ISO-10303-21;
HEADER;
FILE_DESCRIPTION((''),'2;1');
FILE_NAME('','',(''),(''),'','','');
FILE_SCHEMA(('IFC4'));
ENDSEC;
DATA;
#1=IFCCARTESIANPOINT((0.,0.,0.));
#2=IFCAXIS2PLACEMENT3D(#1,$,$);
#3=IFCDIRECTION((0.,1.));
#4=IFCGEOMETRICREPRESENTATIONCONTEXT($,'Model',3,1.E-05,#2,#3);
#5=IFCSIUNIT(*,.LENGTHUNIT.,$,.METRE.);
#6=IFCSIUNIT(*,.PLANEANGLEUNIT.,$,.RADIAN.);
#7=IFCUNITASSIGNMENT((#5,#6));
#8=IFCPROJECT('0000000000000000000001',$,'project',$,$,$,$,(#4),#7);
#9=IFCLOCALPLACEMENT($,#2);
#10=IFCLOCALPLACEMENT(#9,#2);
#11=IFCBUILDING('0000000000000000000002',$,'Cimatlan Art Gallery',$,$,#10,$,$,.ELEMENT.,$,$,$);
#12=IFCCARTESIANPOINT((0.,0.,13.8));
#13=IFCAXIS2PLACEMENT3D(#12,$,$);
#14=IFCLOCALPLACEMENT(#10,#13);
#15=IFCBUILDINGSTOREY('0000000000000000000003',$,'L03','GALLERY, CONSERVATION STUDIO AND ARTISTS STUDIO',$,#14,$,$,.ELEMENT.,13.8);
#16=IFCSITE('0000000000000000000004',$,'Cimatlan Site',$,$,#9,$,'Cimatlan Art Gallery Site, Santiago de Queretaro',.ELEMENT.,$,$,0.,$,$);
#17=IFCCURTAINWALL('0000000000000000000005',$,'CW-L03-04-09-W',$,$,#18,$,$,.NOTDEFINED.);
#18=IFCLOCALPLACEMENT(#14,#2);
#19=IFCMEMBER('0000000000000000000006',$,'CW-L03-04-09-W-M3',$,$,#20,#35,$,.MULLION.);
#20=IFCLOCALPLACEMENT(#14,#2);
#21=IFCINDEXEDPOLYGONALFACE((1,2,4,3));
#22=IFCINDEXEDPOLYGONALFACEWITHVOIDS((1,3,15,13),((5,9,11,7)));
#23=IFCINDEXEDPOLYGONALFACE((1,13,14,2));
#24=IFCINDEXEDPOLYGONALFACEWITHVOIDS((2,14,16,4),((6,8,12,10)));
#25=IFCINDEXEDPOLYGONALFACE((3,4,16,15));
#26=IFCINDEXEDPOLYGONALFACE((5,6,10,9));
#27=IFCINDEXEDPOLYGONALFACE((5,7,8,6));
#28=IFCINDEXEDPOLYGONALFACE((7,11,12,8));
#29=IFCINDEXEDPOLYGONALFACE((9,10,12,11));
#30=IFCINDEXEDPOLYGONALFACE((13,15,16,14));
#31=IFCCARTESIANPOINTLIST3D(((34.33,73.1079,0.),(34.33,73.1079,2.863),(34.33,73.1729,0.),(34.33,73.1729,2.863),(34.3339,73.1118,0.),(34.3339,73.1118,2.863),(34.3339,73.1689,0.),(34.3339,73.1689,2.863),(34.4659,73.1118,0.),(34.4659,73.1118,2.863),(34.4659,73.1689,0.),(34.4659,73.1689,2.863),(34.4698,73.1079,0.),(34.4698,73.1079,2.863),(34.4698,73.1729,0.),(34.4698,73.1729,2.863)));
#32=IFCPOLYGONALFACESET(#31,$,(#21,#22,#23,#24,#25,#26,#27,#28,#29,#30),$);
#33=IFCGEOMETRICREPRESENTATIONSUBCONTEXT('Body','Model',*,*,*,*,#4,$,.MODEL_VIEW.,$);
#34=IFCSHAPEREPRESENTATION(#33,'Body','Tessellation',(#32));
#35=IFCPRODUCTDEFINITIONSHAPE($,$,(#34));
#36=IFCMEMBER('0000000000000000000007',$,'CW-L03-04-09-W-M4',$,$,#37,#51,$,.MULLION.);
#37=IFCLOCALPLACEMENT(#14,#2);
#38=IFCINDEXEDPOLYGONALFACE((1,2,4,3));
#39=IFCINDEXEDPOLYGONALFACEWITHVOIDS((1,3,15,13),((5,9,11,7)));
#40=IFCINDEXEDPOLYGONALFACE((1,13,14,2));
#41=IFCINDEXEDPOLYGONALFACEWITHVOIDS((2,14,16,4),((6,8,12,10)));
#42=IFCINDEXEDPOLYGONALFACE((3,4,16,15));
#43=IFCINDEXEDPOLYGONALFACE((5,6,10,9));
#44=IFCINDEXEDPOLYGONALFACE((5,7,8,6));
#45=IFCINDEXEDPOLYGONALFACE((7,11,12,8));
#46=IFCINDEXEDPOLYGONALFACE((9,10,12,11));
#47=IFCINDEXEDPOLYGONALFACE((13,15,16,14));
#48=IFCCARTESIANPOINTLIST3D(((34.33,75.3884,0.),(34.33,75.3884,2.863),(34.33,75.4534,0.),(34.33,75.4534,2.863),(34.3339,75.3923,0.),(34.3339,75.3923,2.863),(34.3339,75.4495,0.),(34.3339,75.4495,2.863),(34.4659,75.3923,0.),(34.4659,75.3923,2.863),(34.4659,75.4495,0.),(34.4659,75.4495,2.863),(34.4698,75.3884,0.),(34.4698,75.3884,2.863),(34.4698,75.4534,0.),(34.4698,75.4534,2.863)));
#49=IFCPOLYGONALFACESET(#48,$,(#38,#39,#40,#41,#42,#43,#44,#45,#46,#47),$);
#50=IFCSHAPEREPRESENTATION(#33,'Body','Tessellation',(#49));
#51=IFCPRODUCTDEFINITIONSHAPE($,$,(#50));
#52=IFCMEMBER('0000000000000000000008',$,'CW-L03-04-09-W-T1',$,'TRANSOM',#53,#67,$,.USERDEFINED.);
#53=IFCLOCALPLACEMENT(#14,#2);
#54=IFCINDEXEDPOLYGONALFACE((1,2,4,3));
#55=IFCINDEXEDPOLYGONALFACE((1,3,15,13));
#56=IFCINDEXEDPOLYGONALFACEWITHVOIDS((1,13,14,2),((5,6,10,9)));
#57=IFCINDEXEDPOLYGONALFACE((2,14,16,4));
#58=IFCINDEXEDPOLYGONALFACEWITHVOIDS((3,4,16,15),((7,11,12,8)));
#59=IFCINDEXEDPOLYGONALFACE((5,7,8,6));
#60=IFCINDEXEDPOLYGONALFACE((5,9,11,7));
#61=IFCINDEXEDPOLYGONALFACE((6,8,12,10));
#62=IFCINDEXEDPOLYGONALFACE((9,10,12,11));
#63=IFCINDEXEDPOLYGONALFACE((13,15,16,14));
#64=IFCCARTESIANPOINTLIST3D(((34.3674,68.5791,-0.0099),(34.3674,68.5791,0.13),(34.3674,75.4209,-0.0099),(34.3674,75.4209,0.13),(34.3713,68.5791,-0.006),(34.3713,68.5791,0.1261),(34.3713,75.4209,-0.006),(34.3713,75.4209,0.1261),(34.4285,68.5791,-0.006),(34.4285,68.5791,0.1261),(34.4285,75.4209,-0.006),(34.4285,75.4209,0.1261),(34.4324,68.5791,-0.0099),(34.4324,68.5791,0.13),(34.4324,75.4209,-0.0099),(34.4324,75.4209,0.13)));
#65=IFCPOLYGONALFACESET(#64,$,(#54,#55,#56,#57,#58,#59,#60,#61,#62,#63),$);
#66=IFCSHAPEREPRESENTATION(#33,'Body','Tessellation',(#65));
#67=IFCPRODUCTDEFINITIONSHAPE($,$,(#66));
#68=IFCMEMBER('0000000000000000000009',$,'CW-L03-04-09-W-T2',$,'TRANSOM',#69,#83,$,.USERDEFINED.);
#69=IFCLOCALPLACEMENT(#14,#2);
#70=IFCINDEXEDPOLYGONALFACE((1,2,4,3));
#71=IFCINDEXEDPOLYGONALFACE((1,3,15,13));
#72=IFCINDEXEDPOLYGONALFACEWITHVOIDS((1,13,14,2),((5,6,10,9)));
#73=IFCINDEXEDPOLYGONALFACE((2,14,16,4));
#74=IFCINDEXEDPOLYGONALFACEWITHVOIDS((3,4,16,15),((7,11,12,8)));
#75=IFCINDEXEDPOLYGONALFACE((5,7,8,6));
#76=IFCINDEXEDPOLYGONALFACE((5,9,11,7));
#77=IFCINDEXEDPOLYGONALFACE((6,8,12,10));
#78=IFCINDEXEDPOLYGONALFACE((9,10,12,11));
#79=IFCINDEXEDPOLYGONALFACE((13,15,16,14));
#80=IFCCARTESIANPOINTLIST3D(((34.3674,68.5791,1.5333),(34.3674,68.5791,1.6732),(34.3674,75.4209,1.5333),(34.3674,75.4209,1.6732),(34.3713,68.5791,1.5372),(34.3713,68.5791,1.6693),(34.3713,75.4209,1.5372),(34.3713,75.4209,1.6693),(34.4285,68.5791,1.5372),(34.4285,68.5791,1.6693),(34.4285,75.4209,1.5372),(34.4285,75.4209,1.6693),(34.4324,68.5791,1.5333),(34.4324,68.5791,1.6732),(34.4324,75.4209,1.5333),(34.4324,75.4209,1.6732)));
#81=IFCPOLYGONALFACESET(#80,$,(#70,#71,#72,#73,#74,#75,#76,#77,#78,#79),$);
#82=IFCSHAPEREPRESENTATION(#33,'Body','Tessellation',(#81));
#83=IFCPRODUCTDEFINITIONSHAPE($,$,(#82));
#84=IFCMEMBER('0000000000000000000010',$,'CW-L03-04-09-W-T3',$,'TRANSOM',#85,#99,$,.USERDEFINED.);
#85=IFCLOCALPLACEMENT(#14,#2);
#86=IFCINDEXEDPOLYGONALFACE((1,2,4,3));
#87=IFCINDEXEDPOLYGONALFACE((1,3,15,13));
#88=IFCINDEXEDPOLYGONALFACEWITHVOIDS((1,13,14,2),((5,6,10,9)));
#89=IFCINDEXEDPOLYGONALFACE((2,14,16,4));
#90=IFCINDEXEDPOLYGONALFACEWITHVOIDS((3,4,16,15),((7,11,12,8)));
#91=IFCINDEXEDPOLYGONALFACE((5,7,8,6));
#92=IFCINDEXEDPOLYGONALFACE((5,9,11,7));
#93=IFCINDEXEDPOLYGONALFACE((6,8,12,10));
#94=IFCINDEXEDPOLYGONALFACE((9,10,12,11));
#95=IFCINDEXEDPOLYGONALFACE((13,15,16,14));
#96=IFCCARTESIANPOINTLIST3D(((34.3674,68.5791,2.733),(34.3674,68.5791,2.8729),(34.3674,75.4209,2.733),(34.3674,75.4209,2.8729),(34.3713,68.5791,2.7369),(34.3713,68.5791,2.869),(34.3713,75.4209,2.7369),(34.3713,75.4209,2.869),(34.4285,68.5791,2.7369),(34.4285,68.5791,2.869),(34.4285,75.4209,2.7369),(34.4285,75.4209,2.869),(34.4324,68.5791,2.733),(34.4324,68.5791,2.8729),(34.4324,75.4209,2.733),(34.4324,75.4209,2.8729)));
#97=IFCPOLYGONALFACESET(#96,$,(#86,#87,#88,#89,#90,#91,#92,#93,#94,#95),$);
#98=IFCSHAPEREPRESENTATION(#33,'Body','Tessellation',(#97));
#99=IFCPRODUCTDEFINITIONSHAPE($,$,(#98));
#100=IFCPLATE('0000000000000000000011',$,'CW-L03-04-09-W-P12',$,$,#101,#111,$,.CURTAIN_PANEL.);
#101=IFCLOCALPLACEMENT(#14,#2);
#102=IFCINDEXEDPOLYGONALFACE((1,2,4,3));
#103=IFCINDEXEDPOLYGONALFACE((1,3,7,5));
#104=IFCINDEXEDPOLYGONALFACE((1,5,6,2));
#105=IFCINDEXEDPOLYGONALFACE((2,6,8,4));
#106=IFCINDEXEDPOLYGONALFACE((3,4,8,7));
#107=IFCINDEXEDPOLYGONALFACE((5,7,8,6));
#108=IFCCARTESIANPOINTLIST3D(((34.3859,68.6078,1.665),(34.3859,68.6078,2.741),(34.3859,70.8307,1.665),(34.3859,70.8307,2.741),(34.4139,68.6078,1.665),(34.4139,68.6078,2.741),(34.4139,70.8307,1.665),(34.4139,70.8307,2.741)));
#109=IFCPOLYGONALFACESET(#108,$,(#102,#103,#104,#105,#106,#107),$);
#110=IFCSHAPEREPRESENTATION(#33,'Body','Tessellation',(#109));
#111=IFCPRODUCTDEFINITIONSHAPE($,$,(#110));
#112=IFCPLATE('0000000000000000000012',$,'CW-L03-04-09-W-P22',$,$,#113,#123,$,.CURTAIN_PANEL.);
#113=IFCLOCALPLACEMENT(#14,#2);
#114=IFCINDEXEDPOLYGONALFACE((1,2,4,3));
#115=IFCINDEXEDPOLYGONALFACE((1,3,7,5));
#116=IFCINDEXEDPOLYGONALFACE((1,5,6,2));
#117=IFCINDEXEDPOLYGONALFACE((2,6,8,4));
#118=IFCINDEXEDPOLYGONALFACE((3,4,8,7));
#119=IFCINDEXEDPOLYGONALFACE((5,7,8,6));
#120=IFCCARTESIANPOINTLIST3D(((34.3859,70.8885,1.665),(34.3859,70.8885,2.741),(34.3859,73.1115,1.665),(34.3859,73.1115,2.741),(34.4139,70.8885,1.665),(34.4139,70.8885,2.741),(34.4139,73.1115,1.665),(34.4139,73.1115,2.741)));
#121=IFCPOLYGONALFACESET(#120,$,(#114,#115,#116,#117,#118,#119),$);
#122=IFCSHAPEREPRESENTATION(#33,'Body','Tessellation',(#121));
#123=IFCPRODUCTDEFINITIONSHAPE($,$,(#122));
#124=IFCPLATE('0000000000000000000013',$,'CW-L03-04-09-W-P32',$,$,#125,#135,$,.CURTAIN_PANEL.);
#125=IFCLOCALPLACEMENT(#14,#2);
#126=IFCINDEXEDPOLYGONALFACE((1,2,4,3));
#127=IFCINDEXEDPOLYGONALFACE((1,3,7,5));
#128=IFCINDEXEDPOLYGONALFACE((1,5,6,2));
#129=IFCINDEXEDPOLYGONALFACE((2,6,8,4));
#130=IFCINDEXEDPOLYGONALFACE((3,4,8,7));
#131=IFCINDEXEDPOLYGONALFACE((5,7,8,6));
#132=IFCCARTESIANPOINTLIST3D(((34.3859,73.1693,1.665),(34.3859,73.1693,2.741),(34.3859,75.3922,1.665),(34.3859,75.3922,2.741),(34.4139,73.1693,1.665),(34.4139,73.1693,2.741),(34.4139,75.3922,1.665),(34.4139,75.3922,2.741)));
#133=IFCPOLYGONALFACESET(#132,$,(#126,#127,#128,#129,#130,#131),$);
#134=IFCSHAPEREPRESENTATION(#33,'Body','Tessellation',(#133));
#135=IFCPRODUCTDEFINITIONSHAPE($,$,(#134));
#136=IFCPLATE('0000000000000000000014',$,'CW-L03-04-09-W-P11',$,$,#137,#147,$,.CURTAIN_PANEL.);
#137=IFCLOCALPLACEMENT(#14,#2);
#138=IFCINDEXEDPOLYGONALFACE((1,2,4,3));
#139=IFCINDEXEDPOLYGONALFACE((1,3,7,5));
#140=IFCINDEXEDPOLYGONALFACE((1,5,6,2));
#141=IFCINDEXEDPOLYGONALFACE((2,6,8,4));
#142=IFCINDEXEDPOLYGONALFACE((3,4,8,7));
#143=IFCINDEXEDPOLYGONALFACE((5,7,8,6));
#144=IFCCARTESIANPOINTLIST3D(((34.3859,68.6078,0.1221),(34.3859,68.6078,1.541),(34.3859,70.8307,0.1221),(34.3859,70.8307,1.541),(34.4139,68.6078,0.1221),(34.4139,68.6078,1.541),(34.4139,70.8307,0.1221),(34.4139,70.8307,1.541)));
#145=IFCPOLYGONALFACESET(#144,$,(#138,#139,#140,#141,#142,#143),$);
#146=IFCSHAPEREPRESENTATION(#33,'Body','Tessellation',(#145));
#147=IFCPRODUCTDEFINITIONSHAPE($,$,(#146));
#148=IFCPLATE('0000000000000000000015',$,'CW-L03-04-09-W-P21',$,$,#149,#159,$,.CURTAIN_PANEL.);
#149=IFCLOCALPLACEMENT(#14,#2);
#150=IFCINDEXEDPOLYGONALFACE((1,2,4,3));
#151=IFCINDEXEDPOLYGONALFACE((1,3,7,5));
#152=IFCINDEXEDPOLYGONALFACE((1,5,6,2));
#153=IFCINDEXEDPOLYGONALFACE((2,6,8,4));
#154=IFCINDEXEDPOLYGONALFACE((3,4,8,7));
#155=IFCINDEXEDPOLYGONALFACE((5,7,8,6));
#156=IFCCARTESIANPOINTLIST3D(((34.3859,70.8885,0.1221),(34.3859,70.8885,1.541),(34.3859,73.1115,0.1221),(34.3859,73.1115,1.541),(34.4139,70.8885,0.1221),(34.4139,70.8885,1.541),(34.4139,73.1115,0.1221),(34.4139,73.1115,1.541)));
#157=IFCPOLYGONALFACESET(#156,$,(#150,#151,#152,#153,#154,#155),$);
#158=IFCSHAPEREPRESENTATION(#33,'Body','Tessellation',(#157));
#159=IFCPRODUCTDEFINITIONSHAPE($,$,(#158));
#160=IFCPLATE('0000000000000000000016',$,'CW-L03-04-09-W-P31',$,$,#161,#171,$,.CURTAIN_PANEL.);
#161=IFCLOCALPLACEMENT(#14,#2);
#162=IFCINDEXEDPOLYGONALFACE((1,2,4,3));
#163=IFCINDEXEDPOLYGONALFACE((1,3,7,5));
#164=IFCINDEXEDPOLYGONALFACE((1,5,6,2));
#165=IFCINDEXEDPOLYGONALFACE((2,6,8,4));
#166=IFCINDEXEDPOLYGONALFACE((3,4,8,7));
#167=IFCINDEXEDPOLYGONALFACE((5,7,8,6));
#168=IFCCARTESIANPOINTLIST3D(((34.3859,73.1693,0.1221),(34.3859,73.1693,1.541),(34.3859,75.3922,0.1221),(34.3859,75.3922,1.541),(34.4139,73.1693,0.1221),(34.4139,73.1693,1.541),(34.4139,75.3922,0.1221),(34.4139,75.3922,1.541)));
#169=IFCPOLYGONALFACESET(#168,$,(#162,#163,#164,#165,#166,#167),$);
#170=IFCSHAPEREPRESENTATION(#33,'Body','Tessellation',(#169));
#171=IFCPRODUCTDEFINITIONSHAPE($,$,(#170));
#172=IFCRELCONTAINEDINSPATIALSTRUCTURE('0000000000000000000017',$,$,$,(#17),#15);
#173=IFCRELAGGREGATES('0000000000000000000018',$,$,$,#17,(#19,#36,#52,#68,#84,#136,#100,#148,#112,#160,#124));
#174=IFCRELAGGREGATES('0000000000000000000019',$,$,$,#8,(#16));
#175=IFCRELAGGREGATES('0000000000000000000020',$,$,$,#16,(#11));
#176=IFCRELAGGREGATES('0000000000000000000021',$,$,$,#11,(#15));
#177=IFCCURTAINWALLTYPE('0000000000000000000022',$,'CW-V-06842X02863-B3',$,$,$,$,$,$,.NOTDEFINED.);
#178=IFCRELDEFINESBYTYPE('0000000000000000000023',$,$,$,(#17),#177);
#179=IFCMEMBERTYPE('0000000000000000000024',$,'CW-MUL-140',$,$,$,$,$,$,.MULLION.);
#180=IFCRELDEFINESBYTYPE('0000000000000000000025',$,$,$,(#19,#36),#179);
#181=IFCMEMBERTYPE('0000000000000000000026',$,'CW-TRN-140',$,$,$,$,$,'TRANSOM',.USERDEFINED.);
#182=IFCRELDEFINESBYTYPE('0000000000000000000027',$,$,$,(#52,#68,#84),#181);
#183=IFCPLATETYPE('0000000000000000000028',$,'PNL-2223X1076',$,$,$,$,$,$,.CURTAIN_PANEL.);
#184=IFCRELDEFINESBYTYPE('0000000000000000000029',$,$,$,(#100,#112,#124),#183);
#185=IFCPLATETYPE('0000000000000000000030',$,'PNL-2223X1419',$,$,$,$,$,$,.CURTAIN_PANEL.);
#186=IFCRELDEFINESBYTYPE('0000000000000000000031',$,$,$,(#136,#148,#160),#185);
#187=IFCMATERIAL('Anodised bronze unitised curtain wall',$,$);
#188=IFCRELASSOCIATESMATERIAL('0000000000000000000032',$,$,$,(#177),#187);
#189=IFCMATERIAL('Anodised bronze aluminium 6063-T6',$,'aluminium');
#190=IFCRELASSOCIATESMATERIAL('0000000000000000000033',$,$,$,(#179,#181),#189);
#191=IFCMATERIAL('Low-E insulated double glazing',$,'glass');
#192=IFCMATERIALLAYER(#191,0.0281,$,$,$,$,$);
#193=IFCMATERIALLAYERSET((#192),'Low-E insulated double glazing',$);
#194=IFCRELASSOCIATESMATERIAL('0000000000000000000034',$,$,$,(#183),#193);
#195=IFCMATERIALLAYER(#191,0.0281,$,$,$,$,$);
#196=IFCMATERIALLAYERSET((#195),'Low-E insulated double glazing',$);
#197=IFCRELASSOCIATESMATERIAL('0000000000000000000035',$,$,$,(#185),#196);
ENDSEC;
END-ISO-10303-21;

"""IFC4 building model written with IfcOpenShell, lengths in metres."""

from ifc_helpers import new_model, si_unit, direction, frame, origin, origin_2d, place, context, subcontext, project, spatial, rectangle, hollow_rectangle, extrude, material, layer, layer_set, material_profile, profile_set, type_object, element, aggregate, save


model = new_model("IFC4")

# Units and contexts
model_context = context("Model", 3, precision=1e-05, world=origin(), true_north=direction((0.0, 1.0)))
body_context = subcontext(model_context, "Body", "Model", "MODEL_VIEW")
ifc_project = project(units=[si_unit("LENGTHUNIT", "METRE"), si_unit("PLANEANGLEUNIT", "RADIAN")], contexts=[model_context])

# Site, building, storey
site_placement = place(None, origin())
site = spatial("IfcSite", under=ifc_project, at=site_placement, Name="Cimatlan Site", LongName="Cimatlan Art Gallery Site, Santiago de Queretaro", CompositionType="ELEMENT", RefElevation=0.0)
building_placement = place(site_placement, origin())
building = spatial("IfcBuilding", under=site, at=building_placement, Name="Cimatlan Art Gallery", CompositionType="ELEMENT")
storey_placement = place(building_placement, frame((0.0, 0.0, 13.8)))
storey = spatial("IfcBuildingStorey", under=building, at=storey_placement, Name="L03", Description="GALLERY, CONSERVATION STUDIO AND ARTISTS STUDIO", CompositionType="ELEMENT", Elevation=13.8)

# Curtain wall, members, plates
ifc_material_1 = material(Name="Anodised bronze unitised curtain wall")
curtain_wall_type = type_object("IfcCurtainWallType", Name="CW-V-06842X02863-B3", PredefinedType="NOTDEFINED", material=ifc_material_1)
curtain_wall_placement = place(storey_placement, origin())
curtain_wall = element("IfcCurtainWall", 1, at=curtain_wall_placement, inside=storey, type_object=curtain_wall_type, Name="CW-L03-04-09-W", PredefinedType="NOTDEFINED")
ifc_material_2 = material(Name="Anodised bronze aluminium 6063-T6", Category="aluminium")
ifc_material_profile_1 = material_profile(ifc_material_2, hollow_rectangle(XDim=0.0649, YDim=0.1399, WallThickness=0.0039, at=origin_2d()), Name="ALU65X140X4")
ifc_profile_set_1 = profile_set([ifc_material_profile_1], Name="Anodised bronze aluminium 6063-T6")
member_type_1 = type_object("IfcMemberType", Name="CW-MUL-140", PredefinedType="MULLION", material=ifc_profile_set_1)
member_1_placement = place(storey_placement, frame((34.3999, 73.1404, 0.0), z_axis=(0.0, 0.0, 1.0), x_axis=(0.0, 1.0, 0.0)))
member_1 = element("IfcMember", 2, at=member_1_placement, type_object=member_type_1, Name="CW-L03-04-09-W-M3", PredefinedType="MULLION", context=body_context, shape_type="SweptSolid", body=[
    extrude(hollow_rectangle(XDim=0.0649, YDim=0.1399, WallThickness=0.0039, at=origin_2d()), origin(), (0.0, 0.0, 1.0), 2.863),
])
member_2_placement = place(storey_placement, frame((34.3999, 75.4209, 0.0), z_axis=(0.0, 0.0, 1.0), x_axis=(0.0, 1.0, 0.0)))
member_2 = element("IfcMember", 3, at=member_2_placement, type_object=member_type_1, Name="CW-L03-04-09-W-M4", PredefinedType="MULLION", context=body_context, shape_type="SweptSolid", body=[
    extrude(hollow_rectangle(XDim=0.0649, YDim=0.1399, WallThickness=0.0039, at=origin_2d()), origin(), (0.0, 0.0, 1.0), 2.863),
])
ifc_material_profile_2 = material_profile(ifc_material_2, hollow_rectangle(XDim=0.0649, YDim=0.1399, WallThickness=0.0039, at=origin_2d()), Name="ALU65X140X4")
ifc_profile_set_2 = profile_set([ifc_material_profile_2], Name="Anodised bronze aluminium 6063-T6")
member_type_2 = type_object("IfcMemberType", Name="CW-TRN-140", ElementType="TRANSOM", PredefinedType="USERDEFINED", material=ifc_profile_set_2)
member_3_placement = place(storey_placement, frame((34.3999, 68.5791, 0.0601), z_axis=(0.0, 1.0, 0.0), x_axis=(-1.0, 0.0, 0.0)))
member_3 = element("IfcMember", 4, at=member_3_placement, type_object=member_type_2, Name="CW-L03-04-09-W-T1", ObjectType="TRANSOM", PredefinedType="USERDEFINED", context=body_context, shape_type="SweptSolid", body=[
    extrude(hollow_rectangle(XDim=0.0649, YDim=0.1399, WallThickness=0.0039, at=origin_2d()), origin(), (0.0, 0.0, 1.0), 6.8418),
])
member_4_placement = place(storey_placement, frame((34.3999, 68.5791, 1.6033), z_axis=(0.0, 1.0, 0.0), x_axis=(-1.0, 0.0, 0.0)))
member_4 = element("IfcMember", 5, at=member_4_placement, type_object=member_type_2, Name="CW-L03-04-09-W-T2", ObjectType="TRANSOM", PredefinedType="USERDEFINED", context=body_context, shape_type="SweptSolid", body=[
    extrude(hollow_rectangle(XDim=0.0649, YDim=0.1399, WallThickness=0.0039, at=origin_2d()), origin(), (0.0, 0.0, 1.0), 6.8418),
])
member_5_placement = place(storey_placement, frame((34.3999, 68.5791, 2.803), z_axis=(0.0, 1.0, 0.0), x_axis=(-1.0, 0.0, 0.0)))
member_5 = element("IfcMember", 6, at=member_5_placement, type_object=member_type_2, Name="CW-L03-04-09-W-T3", ObjectType="TRANSOM", PredefinedType="USERDEFINED", context=body_context, shape_type="SweptSolid", body=[
    extrude(hollow_rectangle(XDim=0.0649, YDim=0.1399, WallThickness=0.0039, at=origin_2d()), origin(), (0.0, 0.0, 1.0), 6.8418),
])
ifc_material_3 = material(Name="Low-E insulated double glazing", Category="glass")
ifc_layer_1 = layer(ifc_material_3, 0.0281)
ifc_layer_set_1 = layer_set([ifc_layer_1], Name="Low-E insulated double glazing")
plate_type_1 = type_object("IfcPlateType", Name="PNL-2223X1076", PredefinedType="CURTAIN_PANEL", material=ifc_layer_set_1)
plate_1_placement = place(storey_placement, frame((34.3999, 69.7192, 1.665), z_axis=(0.0, 0.0, 1.0), x_axis=(0.0, 1.0, 0.0)))
plate_1 = element("IfcPlate", 7, at=plate_1_placement, type_object=plate_type_1, Name="CW-L03-04-09-W-P12", PredefinedType="CURTAIN_PANEL", context=body_context, shape_type="SweptSolid", body=[
    extrude(rectangle(XDim=2.2229, YDim=0.0281, at=origin_2d()), origin(), (0.0, 0.0, 1.0), 1.0759),
])
plate_2_placement = place(storey_placement, frame((34.3999, 72.0, 1.665), z_axis=(0.0, 0.0, 1.0), x_axis=(0.0, 1.0, 0.0)))
plate_2 = element("IfcPlate", 8, at=plate_2_placement, type_object=plate_type_1, Name="CW-L03-04-09-W-P22", PredefinedType="CURTAIN_PANEL", context=body_context, shape_type="SweptSolid", body=[
    extrude(rectangle(XDim=2.2229, YDim=0.0281, at=origin_2d()), origin(), (0.0, 0.0, 1.0), 1.0759),
])
plate_3_placement = place(storey_placement, frame((34.3999, 74.2808, 1.665), z_axis=(0.0, 0.0, 1.0), x_axis=(0.0, 1.0, 0.0)))
plate_3 = element("IfcPlate", 9, at=plate_3_placement, type_object=plate_type_1, Name="CW-L03-04-09-W-P32", PredefinedType="CURTAIN_PANEL", context=body_context, shape_type="SweptSolid", body=[
    extrude(rectangle(XDim=2.2229, YDim=0.0281, at=origin_2d()), origin(), (0.0, 0.0, 1.0), 1.0759),
])
ifc_layer_2 = layer(ifc_material_3, 0.0281)
ifc_layer_set_2 = layer_set([ifc_layer_2], Name="Low-E insulated double glazing")
plate_type_2 = type_object("IfcPlateType", Name="PNL-2223X1419", PredefinedType="CURTAIN_PANEL", material=ifc_layer_set_2)
plate_4_placement = place(storey_placement, frame((34.3999, 69.7192, 0.1221), z_axis=(0.0, 0.0, 1.0), x_axis=(0.0, 1.0, 0.0)))
plate_4 = element("IfcPlate", 10, at=plate_4_placement, type_object=plate_type_2, Name="CW-L03-04-09-W-P11", PredefinedType="CURTAIN_PANEL", context=body_context, shape_type="SweptSolid", body=[
    extrude(rectangle(XDim=2.2229, YDim=0.0281, at=origin_2d()), origin(), (0.0, 0.0, 1.0), 1.4189),
])
plate_5_placement = place(storey_placement, frame((34.3999, 72.0, 0.1221), z_axis=(0.0, 0.0, 1.0), x_axis=(0.0, 1.0, 0.0)))
plate_5 = element("IfcPlate", 11, at=plate_5_placement, type_object=plate_type_2, Name="CW-L03-04-09-W-P21", PredefinedType="CURTAIN_PANEL", context=body_context, shape_type="SweptSolid", body=[
    extrude(rectangle(XDim=2.2229, YDim=0.0281, at=origin_2d()), origin(), (0.0, 0.0, 1.0), 1.4189),
])
plate_6_placement = place(storey_placement, frame((34.3999, 74.2808, 0.1221), z_axis=(0.0, 0.0, 1.0), x_axis=(0.0, 1.0, 0.0)))
plate_6 = element("IfcPlate", 12, at=plate_6_placement, type_object=plate_type_2, Name="CW-L03-04-09-W-P31", PredefinedType="CURTAIN_PANEL", context=body_context, shape_type="SweptSolid", body=[
    extrude(rectangle(XDim=2.2229, YDim=0.0281, at=origin_2d()), origin(), (0.0, 0.0, 1.0), 1.4189),
])
aggregate(curtain_wall, [member_1, member_2, member_3, member_4, member_5, plate_4, plate_1, plate_5, plate_2, plate_6, plate_3])

save(model, "model.ifc")
